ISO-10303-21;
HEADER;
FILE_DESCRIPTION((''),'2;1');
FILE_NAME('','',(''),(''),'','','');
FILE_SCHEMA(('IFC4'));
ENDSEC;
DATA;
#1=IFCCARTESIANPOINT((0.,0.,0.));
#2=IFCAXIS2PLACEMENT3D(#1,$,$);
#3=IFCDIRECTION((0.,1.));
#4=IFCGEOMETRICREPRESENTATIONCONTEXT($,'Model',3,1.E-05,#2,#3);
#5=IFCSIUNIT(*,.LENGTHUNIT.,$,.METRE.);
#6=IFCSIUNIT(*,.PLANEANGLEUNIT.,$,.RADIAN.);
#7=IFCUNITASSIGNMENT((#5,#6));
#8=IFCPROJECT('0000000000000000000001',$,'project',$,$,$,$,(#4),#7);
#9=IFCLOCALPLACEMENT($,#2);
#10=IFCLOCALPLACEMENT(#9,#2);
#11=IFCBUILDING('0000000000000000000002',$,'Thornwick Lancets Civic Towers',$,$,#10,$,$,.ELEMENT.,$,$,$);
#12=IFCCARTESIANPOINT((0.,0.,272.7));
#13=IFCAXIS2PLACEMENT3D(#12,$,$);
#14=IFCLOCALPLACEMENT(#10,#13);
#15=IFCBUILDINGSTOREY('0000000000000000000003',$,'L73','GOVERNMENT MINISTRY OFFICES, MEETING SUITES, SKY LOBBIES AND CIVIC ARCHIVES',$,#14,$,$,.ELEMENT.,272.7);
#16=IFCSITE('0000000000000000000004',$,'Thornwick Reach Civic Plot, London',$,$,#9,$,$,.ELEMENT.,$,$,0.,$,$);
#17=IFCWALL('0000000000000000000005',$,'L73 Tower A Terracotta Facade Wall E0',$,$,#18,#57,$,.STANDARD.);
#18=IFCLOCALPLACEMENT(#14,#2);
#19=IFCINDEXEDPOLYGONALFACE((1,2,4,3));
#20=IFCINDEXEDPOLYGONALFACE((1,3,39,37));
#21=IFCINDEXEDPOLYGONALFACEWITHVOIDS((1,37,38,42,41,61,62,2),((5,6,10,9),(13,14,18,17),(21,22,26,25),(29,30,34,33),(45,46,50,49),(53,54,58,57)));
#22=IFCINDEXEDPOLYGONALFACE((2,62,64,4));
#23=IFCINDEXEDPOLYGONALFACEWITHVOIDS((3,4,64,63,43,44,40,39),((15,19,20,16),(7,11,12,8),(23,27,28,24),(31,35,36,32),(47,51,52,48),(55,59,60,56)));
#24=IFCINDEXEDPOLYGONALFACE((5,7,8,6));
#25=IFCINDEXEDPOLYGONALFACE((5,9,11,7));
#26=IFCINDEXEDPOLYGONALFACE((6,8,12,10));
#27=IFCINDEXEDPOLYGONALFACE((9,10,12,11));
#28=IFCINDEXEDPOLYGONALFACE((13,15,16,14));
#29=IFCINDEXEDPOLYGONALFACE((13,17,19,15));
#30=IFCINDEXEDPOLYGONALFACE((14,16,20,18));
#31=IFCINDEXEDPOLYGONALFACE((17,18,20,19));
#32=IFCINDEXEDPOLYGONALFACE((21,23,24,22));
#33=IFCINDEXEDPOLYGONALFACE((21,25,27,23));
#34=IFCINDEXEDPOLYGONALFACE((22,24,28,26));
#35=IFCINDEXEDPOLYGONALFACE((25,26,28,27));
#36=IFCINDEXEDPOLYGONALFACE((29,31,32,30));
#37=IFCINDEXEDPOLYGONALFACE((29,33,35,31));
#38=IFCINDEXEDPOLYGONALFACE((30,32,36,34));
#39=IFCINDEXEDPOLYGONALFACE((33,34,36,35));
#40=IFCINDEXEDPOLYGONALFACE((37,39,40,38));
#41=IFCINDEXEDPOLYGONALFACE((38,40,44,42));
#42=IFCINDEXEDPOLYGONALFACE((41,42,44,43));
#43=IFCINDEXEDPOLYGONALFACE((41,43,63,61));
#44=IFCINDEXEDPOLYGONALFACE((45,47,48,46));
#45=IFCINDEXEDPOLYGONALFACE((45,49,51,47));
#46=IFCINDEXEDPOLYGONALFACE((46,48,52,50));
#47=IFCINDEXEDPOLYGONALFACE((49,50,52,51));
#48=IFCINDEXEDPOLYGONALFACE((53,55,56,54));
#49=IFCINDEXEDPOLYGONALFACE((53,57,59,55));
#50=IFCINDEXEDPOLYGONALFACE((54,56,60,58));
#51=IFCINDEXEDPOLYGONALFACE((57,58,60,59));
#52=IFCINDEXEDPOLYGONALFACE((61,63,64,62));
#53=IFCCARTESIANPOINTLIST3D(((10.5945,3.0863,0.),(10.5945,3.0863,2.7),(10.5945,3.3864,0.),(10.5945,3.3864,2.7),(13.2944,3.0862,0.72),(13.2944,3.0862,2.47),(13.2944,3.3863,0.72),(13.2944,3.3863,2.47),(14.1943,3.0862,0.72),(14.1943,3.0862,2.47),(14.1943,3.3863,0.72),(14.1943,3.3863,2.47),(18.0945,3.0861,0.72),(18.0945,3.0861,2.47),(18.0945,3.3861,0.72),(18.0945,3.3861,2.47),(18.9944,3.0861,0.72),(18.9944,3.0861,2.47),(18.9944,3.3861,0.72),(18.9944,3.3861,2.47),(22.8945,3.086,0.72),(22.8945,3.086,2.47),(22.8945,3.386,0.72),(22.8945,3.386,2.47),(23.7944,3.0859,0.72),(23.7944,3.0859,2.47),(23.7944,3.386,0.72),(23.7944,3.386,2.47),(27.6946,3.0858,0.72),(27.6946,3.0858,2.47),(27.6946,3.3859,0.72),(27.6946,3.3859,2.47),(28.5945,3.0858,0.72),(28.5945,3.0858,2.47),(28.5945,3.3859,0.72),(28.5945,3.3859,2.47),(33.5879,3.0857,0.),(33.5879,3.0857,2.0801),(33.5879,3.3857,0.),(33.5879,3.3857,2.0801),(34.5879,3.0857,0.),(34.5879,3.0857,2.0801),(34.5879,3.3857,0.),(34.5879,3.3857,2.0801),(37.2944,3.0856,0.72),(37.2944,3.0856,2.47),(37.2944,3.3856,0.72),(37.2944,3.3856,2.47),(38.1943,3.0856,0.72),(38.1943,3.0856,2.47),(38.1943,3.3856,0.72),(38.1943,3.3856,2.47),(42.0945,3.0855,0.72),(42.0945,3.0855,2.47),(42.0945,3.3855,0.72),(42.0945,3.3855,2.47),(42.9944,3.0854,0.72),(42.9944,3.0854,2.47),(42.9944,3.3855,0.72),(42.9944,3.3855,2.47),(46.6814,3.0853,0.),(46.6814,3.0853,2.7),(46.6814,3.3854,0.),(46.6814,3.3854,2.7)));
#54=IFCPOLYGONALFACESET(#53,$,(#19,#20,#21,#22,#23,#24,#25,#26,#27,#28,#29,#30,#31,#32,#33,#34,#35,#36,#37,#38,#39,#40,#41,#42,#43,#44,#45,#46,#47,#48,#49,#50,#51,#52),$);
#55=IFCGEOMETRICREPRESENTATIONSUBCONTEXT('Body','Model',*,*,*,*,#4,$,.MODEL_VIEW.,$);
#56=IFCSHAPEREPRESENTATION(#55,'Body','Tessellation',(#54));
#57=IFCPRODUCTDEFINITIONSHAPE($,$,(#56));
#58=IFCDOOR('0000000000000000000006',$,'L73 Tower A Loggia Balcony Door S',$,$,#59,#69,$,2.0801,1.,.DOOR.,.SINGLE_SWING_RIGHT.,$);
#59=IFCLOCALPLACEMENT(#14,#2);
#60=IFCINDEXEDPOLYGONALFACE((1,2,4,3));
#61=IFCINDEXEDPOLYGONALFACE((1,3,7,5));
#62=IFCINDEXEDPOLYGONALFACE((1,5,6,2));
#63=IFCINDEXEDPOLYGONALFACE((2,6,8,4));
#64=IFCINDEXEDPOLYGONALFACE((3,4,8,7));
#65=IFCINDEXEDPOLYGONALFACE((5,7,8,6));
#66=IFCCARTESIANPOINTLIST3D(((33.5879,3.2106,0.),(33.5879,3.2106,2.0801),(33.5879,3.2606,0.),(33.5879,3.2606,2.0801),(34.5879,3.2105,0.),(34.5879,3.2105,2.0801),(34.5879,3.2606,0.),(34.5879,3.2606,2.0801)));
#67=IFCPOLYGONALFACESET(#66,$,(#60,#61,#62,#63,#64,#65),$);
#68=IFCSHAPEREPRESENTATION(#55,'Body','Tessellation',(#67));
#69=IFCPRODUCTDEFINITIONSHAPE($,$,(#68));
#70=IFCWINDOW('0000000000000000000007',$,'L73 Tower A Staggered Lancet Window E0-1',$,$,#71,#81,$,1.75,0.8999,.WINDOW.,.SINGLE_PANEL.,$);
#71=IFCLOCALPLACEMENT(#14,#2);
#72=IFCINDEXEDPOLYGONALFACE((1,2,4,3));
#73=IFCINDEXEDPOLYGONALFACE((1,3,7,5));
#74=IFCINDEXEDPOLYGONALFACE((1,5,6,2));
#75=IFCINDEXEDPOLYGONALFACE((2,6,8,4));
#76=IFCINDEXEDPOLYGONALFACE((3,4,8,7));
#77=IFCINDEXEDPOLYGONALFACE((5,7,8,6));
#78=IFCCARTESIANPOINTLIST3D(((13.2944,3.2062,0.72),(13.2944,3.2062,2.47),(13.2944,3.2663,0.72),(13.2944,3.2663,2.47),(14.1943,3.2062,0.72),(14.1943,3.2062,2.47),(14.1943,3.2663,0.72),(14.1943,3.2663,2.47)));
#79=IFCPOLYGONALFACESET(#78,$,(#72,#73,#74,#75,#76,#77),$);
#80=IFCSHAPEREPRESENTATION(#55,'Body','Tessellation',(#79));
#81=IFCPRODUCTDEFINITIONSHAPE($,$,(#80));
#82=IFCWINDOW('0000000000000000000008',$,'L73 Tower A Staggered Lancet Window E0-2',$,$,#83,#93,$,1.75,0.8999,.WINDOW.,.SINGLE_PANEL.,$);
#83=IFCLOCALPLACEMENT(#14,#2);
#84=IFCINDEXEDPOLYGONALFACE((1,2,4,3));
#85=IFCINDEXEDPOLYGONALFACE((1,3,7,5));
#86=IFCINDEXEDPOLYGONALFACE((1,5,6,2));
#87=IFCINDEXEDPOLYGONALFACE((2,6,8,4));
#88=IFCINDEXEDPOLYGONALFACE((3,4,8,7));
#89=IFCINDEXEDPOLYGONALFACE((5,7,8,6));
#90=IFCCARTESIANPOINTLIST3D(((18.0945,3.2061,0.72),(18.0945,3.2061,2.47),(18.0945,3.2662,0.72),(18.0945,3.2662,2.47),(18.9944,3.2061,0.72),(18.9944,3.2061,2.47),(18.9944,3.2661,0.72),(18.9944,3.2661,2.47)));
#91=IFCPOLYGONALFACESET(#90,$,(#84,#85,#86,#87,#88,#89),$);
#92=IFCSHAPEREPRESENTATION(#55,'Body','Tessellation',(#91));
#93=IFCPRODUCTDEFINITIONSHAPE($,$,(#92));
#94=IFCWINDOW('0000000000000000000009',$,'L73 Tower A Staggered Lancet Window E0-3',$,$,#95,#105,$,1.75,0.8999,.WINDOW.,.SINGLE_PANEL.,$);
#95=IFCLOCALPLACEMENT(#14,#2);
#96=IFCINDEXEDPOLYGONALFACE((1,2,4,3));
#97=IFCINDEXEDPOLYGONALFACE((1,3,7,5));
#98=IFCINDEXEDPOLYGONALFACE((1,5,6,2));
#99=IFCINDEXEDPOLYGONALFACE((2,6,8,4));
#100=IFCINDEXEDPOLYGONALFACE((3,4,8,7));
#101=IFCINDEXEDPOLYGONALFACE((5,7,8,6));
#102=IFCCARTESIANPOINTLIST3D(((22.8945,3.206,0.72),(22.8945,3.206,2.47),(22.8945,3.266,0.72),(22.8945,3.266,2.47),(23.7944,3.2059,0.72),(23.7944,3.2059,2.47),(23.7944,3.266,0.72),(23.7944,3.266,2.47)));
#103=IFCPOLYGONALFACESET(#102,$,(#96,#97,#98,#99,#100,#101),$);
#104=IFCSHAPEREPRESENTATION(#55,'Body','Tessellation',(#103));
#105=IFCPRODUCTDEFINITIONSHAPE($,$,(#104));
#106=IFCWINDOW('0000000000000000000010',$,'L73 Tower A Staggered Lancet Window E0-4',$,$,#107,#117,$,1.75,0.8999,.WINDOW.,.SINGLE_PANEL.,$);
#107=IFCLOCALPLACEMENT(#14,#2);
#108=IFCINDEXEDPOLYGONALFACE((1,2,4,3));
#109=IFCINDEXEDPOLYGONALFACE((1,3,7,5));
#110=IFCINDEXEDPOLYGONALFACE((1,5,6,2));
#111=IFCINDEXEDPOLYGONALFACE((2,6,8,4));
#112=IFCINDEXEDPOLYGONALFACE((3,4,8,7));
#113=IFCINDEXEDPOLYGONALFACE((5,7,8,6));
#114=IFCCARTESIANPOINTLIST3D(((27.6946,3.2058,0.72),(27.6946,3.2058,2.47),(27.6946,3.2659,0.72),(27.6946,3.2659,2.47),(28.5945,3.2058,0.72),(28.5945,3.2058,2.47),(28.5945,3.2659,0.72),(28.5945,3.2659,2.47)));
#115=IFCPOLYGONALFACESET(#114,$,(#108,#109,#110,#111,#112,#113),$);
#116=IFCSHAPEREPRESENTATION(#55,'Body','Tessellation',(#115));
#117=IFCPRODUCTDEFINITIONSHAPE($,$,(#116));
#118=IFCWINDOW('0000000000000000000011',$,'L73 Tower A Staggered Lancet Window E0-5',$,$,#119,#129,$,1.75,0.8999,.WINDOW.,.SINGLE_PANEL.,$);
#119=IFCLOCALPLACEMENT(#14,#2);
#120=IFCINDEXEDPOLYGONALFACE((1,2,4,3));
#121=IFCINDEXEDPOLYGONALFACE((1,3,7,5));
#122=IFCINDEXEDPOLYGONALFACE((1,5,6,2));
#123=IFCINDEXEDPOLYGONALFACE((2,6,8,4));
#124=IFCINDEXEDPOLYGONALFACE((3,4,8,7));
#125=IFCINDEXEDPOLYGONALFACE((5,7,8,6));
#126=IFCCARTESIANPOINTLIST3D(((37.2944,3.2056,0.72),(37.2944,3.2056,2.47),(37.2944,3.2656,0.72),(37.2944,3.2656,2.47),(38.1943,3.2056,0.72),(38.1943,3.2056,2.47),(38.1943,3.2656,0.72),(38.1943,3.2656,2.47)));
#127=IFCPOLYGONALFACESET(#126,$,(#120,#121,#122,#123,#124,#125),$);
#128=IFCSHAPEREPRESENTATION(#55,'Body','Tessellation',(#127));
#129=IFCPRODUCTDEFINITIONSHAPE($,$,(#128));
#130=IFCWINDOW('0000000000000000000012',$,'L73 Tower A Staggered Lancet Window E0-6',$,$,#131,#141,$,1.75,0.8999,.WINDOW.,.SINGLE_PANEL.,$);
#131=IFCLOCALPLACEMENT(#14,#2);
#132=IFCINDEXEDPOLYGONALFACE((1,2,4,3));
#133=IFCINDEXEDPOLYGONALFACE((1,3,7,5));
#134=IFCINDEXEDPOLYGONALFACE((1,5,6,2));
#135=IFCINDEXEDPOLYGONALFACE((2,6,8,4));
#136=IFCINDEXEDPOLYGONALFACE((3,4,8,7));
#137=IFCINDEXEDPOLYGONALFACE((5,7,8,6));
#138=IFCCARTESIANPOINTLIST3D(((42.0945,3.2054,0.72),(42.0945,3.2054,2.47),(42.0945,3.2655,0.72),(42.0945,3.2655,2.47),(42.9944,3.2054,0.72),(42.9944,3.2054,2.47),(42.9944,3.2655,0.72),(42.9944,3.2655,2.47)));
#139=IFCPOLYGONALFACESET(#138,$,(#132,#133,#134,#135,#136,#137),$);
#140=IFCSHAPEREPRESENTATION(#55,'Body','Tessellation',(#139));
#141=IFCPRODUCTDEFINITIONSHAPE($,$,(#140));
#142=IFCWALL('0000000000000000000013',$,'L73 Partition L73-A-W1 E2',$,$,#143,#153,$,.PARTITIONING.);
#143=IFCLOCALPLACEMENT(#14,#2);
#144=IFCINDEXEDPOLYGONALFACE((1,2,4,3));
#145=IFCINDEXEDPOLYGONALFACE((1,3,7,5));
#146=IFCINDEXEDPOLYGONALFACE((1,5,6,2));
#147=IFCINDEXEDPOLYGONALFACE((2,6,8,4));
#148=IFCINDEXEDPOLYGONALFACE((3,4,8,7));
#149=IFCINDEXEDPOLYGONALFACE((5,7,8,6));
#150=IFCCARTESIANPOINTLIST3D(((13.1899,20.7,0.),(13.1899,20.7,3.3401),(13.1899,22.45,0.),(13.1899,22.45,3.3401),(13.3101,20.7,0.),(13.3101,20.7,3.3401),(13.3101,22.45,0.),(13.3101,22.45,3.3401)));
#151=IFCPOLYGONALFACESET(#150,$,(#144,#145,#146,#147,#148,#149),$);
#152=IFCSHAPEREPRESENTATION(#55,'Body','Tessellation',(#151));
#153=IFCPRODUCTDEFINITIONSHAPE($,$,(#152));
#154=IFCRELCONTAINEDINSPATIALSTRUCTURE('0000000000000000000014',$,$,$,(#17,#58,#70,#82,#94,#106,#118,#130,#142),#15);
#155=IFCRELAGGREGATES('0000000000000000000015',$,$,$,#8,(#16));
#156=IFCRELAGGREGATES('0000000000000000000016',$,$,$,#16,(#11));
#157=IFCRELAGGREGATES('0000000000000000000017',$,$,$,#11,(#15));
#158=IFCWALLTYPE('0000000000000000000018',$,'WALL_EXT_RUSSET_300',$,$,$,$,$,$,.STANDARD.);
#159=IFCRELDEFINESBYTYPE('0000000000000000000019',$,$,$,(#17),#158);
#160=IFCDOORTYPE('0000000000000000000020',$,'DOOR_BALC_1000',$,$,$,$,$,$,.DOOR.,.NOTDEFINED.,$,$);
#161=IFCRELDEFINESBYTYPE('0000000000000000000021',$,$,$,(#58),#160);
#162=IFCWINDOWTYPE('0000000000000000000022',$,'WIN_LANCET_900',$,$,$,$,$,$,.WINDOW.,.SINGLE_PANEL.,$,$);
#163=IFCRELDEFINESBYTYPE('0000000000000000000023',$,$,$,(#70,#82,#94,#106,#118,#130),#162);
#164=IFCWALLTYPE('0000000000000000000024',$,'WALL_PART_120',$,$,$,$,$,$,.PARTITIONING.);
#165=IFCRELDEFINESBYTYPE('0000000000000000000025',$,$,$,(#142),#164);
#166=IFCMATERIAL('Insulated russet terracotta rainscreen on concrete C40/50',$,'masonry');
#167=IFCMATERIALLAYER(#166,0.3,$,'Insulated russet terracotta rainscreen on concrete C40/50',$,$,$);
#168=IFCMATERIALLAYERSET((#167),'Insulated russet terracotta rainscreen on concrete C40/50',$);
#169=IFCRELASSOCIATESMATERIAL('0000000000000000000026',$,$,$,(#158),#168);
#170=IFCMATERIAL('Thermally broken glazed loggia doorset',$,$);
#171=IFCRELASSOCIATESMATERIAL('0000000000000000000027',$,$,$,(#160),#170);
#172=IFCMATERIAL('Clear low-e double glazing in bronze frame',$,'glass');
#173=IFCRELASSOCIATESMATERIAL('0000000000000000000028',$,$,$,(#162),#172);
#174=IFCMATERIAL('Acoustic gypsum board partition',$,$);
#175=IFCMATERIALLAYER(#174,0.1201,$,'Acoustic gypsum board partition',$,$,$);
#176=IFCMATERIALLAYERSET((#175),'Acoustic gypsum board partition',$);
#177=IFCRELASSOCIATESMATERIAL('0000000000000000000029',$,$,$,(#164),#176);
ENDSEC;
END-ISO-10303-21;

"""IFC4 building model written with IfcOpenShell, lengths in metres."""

from ifc_helpers import new_model, si_unit, direction, frame, frame_2d, origin, place, context, subcontext, project, spatial, rectangle, extrude, material, layer, layer_set, type_object, element, fill, save


model = new_model("IFC4")

# Units and contexts
model_context = context("Model", 3, precision=1e-05, world=origin(), true_north=direction((0.0, 1.0)))
body_context = subcontext(model_context, "Body", "Model", "MODEL_VIEW")
ifc_project = project(units=[si_unit("LENGTHUNIT", "METRE"), si_unit("PLANEANGLEUNIT", "RADIAN")], contexts=[model_context])

# Site, building, storey
site_placement = place(None, origin())
site = spatial("IfcSite", under=ifc_project, at=site_placement, Name="Thornwick Reach Civic Plot, London", CompositionType="ELEMENT", RefElevation=0.0)
building_placement = place(site_placement, origin())
building = spatial("IfcBuilding", under=site, at=building_placement, Name="Thornwick Lancets Civic Towers", CompositionType="ELEMENT")
storey_placement = place(building_placement, frame((0.0, 0.0, 272.7)))
storey = spatial("IfcBuildingStorey", under=building, at=storey_placement, Name="L73", Description="GOVERNMENT MINISTRY OFFICES, MEETING SUITES, SKY LOBBIES AND CIVIC ARCHIVES", CompositionType="ELEMENT", Elevation=272.7)

# Wall, openings, door, windows
ifc_material_1 = material(Name="Insulated russet terracotta rainscreen on concrete C40/50", Category="masonry")
ifc_layer_1 = layer(ifc_material_1, 0.3, Name="Insulated russet terracotta rainscreen on concrete C40/50")
ifc_layer_set_1 = layer_set([ifc_layer_1], Name="Insulated russet terracotta rainscreen on concrete C40/50")
wall_type_1 = type_object("IfcWallType", Name="WALL_EXT_RUSSET_300", PredefinedType="STANDARD", material=ifc_layer_set_1)
wall_1_placement = place(storey_placement, frame((10.5945, 3.2363, 0.0), z_axis=(0.0, 0.0, 1.0), x_axis=(1.0, -0.000027, 0.0)))
wall_1 = element("IfcWall", 1, at=wall_1_placement, inside=storey, type_object=wall_type_1, Name="L73 Tower A Terracotta Facade Wall E0", PredefinedType="STANDARD", context=body_context, shape_type="SweptSolid", body=[
    extrude(rectangle(XDim=36.0869, YDim=0.3, at=frame_2d((18.0435, 0.0))), origin(), (0.0, 0.0, 1.0), 2.7),
])
opening_1_placement = place(wall_1_placement, frame((22.9934, 0.0, 0.0)))
opening_1 = element("IfcOpeningElement", 2, at=opening_1_placement, cuts=wall_1, PredefinedType="OPENING", context=body_context, shape_type="SweptSolid", body=[
    extrude(rectangle(XDim=1.0, YDim=2.0801, at=frame_2d((0.5, 1.04))), frame((0.0, 0.1602, 0.0), z_axis=(0.0, -1.0, 0.0), x_axis=(1.0, 0.0, 0.0)), (0.0, 0.0, 1.0), 0.3201),
])
opening_2_placement = place(wall_1_placement, frame((2.7, 0.0, 0.72)))
opening_2 = element("IfcOpeningElement", 3, at=opening_2_placement, cuts=wall_1, PredefinedType="OPENING", context=body_context, shape_type="SweptSolid", body=[
    extrude(rectangle(XDim=0.8999, YDim=1.75, at=frame_2d((0.45, 0.875))), frame((0.0, 0.1602, 0.0), z_axis=(0.0, -1.0, 0.0), x_axis=(1.0, 0.0, 0.0)), (0.0, 0.0, 1.0), 0.3201),
])
opening_3_placement = place(wall_1_placement, frame((7.5, 0.0, 0.72)))
opening_3 = element("IfcOpeningElement", 4, at=opening_3_placement, cuts=wall_1, PredefinedType="OPENING", context=body_context, shape_type="SweptSolid", body=[
    extrude(rectangle(XDim=0.8999, YDim=1.75, at=frame_2d((0.45, 0.875))), frame((0.0, 0.1602, 0.0), z_axis=(0.0, -1.0, 0.0), x_axis=(1.0, 0.0, 0.0)), (0.0, 0.0, 1.0), 0.3201),
])
opening_4_placement = place(wall_1_placement, frame((12.3, 0.0, 0.72)))
opening_4 = element("IfcOpeningElement", 5, at=opening_4_placement, cuts=wall_1, PredefinedType="OPENING", context=body_context, shape_type="SweptSolid", body=[
    extrude(rectangle(XDim=0.8999, YDim=1.75, at=frame_2d((0.45, 0.875))), frame((0.0, 0.1602, 0.0), z_axis=(0.0, -1.0, 0.0), x_axis=(1.0, 0.0, 0.0)), (0.0, 0.0, 1.0), 0.3201),
])
opening_5_placement = place(wall_1_placement, frame((17.1001, 0.0, 0.72)))
opening_5 = element("IfcOpeningElement", 6, at=opening_5_placement, cuts=wall_1, PredefinedType="OPENING", context=body_context, shape_type="SweptSolid", body=[
    extrude(rectangle(XDim=0.8999, YDim=1.75, at=frame_2d((0.45, 0.875))), frame((0.0, 0.1602, 0.0), z_axis=(0.0, -1.0, 0.0), x_axis=(1.0, 0.0, 0.0)), (0.0, 0.0, 1.0), 0.3201),
])
opening_6_placement = place(wall_1_placement, frame((26.7, 0.0, 0.72)))
opening_6 = element("IfcOpeningElement", 7, at=opening_6_placement, cuts=wall_1, PredefinedType="OPENING", context=body_context, shape_type="SweptSolid", body=[
    extrude(rectangle(XDim=0.8999, YDim=1.75, at=frame_2d((0.45, 0.875))), frame((0.0, 0.1602, 0.0), z_axis=(0.0, -1.0, 0.0), x_axis=(1.0, 0.0, 0.0)), (0.0, 0.0, 1.0), 0.3201),
])
opening_7_placement = place(wall_1_placement, frame((31.5, 0.0, 0.72)))
opening_7 = element("IfcOpeningElement", 8, at=opening_7_placement, cuts=wall_1, PredefinedType="OPENING", context=body_context, shape_type="SweptSolid", body=[
    extrude(rectangle(XDim=0.8999, YDim=1.75, at=frame_2d((0.45, 0.875))), frame((0.0, 0.1602, 0.0), z_axis=(0.0, -1.0, 0.0), x_axis=(1.0, 0.0, 0.0)), (0.0, 0.0, 1.0), 0.3201),
])
ifc_material_2 = material(Name="Thermally broken glazed loggia doorset")
door_type = type_object("IfcDoorType", Name="DOOR_BALC_1000", OperationType="NOTDEFINED", PredefinedType="DOOR", material=ifc_material_2)
door_placement = place(opening_1_placement, origin())
door = element("IfcDoor", 9, at=door_placement, inside=storey, type_object=door_type, Name="L73 Tower A Loggia Balcony Door S", OperationType="SINGLE_SWING_RIGHT", OverallHeight=2.0801, OverallWidth=1.0, PredefinedType="DOOR", context=body_context, shape_type="SweptSolid", body=[
    extrude(rectangle(XDim=1.0, YDim=2.0801, at=frame_2d((0.5, 1.04))), frame((0.0, 0.0249, 0.0), z_axis=(0.0, -1.0, 0.0), x_axis=(1.0, 0.0, 0.0)), (0.0, 0.0, 1.0), 0.05),
])
fill(opening_1, door)
ifc_material_3 = material(Name="Clear low-e double glazing in bronze frame", Category="glass")
window_type = type_object("IfcWindowType", Name="WIN_LANCET_900", PartitioningType="SINGLE_PANEL", PredefinedType="WINDOW", material=ifc_material_3)
window_1_placement = place(opening_2_placement, origin())
window_1 = element("IfcWindow", 10, at=window_1_placement, inside=storey, type_object=window_type, Name="L73 Tower A Staggered Lancet Window E0-1", OverallHeight=1.75, OverallWidth=0.8999, PartitioningType="SINGLE_PANEL", PredefinedType="WINDOW", context=body_context, shape_type="SweptSolid", body=[
    extrude(rectangle(XDim=0.8999, YDim=1.75, at=frame_2d((0.45, 0.875))), frame((0.0, 0.03, 0.0), z_axis=(0.0, -1.0, 0.0), x_axis=(1.0, 0.0, 0.0)), (0.0, 0.0, 1.0), 0.0601),
])
fill(opening_2, window_1)
window_2_placement = place(opening_3_placement, origin())
window_2 = element("IfcWindow", 11, at=window_2_placement, inside=storey, type_object=window_type, Name="L73 Tower A Staggered Lancet Window E0-2", OverallHeight=1.75, OverallWidth=0.8999, PartitioningType="SINGLE_PANEL", PredefinedType="WINDOW", context=body_context, shape_type="SweptSolid", body=[
    extrude(rectangle(XDim=0.8999, YDim=1.75, at=frame_2d((0.45, 0.875))), frame((0.0, 0.03, 0.0), z_axis=(0.0, -1.0, 0.0), x_axis=(1.0, 0.0, 0.0)), (0.0, 0.0, 1.0), 0.0601),
])
fill(opening_3, window_2)
window_3_placement = place(opening_4_placement, origin())
window_3 = element("IfcWindow", 12, at=window_3_placement, inside=storey, type_object=window_type, Name="L73 Tower A Staggered Lancet Window E0-3", OverallHeight=1.75, OverallWidth=0.8999, PartitioningType="SINGLE_PANEL", PredefinedType="WINDOW", context=body_context, shape_type="SweptSolid", body=[
    extrude(rectangle(XDim=0.8999, YDim=1.75, at=frame_2d((0.45, 0.875))), frame((0.0, 0.03, 0.0), z_axis=(0.0, -1.0, 0.0), x_axis=(1.0, 0.0, 0.0)), (0.0, 0.0, 1.0), 0.0601),
])
fill(opening_4, window_3)
window_4_placement = place(opening_5_placement, origin())
window_4 = element("IfcWindow", 13, at=window_4_placement, inside=storey, type_object=window_type, Name="L73 Tower A Staggered Lancet Window E0-4", OverallHeight=1.75, OverallWidth=0.8999, PartitioningType="SINGLE_PANEL", PredefinedType="WINDOW", context=body_context, shape_type="SweptSolid", body=[
    extrude(rectangle(XDim=0.8999, YDim=1.75, at=frame_2d((0.45, 0.875))), frame((0.0, 0.03, 0.0), z_axis=(0.0, -1.0, 0.0), x_axis=(1.0, 0.0, 0.0)), (0.0, 0.0, 1.0), 0.0601),
])
fill(opening_5, window_4)
window_5_placement = place(opening_6_placement, origin())
window_5 = element("IfcWindow", 14, at=window_5_placement, inside=storey, type_object=window_type, Name="L73 Tower A Staggered Lancet Window E0-5", OverallHeight=1.75, OverallWidth=0.8999, PartitioningType="SINGLE_PANEL", PredefinedType="WINDOW", context=body_context, shape_type="SweptSolid", body=[
    extrude(rectangle(XDim=0.8999, YDim=1.75, at=frame_2d((0.45, 0.875))), frame((0.0, 0.03, 0.0), z_axis=(0.0, -1.0, 0.0), x_axis=(1.0, 0.0, 0.0)), (0.0, 0.0, 1.0), 0.0601),
])
fill(opening_6, window_5)
window_6_placement = place(opening_7_placement, origin())
window_6 = element("IfcWindow", 15, at=window_6_placement, inside=storey, type_object=window_type, Name="L73 Tower A Staggered Lancet Window E0-6", OverallHeight=1.75, OverallWidth=0.8999, PartitioningType="SINGLE_PANEL", PredefinedType="WINDOW", context=body_context, shape_type="SweptSolid", body=[
    extrude(rectangle(XDim=0.8999, YDim=1.75, at=frame_2d((0.45, 0.875))), frame((0.0, 0.03, 0.0), z_axis=(0.0, -1.0, 0.0), x_axis=(1.0, 0.0, 0.0)), (0.0, 0.0, 1.0), 0.0601),
])
fill(opening_7, window_6)

# Wall
ifc_material_4 = material(Name="Acoustic gypsum board partition")
ifc_layer_2 = layer(ifc_material_4, 0.1201, Name="Acoustic gypsum board partition")
ifc_layer_set_2 = layer_set([ifc_layer_2], Name="Acoustic gypsum board partition")
wall_type_2 = type_object("IfcWallType", Name="WALL_PART_120", PredefinedType="PARTITIONING", material=ifc_layer_set_2)
wall_2_placement = place(storey_placement, frame((13.25, 22.45, 0.0), z_axis=(0.0, 0.0, 1.0), x_axis=(0.0, -1.0, 0.0)))
element("IfcWall", 16, at=wall_2_placement, inside=storey, type_object=wall_type_2, Name="L73 Partition L73-A-W1 E2", PredefinedType="PARTITIONING", context=body_context, shape_type="SweptSolid", body=[
    extrude(rectangle(XDim=1.75, YDim=0.1201, at=frame_2d((0.875, 0.0))), origin(), (0.0, 0.0, 1.0), 3.3401),
])

save(model, "model.ifc")
